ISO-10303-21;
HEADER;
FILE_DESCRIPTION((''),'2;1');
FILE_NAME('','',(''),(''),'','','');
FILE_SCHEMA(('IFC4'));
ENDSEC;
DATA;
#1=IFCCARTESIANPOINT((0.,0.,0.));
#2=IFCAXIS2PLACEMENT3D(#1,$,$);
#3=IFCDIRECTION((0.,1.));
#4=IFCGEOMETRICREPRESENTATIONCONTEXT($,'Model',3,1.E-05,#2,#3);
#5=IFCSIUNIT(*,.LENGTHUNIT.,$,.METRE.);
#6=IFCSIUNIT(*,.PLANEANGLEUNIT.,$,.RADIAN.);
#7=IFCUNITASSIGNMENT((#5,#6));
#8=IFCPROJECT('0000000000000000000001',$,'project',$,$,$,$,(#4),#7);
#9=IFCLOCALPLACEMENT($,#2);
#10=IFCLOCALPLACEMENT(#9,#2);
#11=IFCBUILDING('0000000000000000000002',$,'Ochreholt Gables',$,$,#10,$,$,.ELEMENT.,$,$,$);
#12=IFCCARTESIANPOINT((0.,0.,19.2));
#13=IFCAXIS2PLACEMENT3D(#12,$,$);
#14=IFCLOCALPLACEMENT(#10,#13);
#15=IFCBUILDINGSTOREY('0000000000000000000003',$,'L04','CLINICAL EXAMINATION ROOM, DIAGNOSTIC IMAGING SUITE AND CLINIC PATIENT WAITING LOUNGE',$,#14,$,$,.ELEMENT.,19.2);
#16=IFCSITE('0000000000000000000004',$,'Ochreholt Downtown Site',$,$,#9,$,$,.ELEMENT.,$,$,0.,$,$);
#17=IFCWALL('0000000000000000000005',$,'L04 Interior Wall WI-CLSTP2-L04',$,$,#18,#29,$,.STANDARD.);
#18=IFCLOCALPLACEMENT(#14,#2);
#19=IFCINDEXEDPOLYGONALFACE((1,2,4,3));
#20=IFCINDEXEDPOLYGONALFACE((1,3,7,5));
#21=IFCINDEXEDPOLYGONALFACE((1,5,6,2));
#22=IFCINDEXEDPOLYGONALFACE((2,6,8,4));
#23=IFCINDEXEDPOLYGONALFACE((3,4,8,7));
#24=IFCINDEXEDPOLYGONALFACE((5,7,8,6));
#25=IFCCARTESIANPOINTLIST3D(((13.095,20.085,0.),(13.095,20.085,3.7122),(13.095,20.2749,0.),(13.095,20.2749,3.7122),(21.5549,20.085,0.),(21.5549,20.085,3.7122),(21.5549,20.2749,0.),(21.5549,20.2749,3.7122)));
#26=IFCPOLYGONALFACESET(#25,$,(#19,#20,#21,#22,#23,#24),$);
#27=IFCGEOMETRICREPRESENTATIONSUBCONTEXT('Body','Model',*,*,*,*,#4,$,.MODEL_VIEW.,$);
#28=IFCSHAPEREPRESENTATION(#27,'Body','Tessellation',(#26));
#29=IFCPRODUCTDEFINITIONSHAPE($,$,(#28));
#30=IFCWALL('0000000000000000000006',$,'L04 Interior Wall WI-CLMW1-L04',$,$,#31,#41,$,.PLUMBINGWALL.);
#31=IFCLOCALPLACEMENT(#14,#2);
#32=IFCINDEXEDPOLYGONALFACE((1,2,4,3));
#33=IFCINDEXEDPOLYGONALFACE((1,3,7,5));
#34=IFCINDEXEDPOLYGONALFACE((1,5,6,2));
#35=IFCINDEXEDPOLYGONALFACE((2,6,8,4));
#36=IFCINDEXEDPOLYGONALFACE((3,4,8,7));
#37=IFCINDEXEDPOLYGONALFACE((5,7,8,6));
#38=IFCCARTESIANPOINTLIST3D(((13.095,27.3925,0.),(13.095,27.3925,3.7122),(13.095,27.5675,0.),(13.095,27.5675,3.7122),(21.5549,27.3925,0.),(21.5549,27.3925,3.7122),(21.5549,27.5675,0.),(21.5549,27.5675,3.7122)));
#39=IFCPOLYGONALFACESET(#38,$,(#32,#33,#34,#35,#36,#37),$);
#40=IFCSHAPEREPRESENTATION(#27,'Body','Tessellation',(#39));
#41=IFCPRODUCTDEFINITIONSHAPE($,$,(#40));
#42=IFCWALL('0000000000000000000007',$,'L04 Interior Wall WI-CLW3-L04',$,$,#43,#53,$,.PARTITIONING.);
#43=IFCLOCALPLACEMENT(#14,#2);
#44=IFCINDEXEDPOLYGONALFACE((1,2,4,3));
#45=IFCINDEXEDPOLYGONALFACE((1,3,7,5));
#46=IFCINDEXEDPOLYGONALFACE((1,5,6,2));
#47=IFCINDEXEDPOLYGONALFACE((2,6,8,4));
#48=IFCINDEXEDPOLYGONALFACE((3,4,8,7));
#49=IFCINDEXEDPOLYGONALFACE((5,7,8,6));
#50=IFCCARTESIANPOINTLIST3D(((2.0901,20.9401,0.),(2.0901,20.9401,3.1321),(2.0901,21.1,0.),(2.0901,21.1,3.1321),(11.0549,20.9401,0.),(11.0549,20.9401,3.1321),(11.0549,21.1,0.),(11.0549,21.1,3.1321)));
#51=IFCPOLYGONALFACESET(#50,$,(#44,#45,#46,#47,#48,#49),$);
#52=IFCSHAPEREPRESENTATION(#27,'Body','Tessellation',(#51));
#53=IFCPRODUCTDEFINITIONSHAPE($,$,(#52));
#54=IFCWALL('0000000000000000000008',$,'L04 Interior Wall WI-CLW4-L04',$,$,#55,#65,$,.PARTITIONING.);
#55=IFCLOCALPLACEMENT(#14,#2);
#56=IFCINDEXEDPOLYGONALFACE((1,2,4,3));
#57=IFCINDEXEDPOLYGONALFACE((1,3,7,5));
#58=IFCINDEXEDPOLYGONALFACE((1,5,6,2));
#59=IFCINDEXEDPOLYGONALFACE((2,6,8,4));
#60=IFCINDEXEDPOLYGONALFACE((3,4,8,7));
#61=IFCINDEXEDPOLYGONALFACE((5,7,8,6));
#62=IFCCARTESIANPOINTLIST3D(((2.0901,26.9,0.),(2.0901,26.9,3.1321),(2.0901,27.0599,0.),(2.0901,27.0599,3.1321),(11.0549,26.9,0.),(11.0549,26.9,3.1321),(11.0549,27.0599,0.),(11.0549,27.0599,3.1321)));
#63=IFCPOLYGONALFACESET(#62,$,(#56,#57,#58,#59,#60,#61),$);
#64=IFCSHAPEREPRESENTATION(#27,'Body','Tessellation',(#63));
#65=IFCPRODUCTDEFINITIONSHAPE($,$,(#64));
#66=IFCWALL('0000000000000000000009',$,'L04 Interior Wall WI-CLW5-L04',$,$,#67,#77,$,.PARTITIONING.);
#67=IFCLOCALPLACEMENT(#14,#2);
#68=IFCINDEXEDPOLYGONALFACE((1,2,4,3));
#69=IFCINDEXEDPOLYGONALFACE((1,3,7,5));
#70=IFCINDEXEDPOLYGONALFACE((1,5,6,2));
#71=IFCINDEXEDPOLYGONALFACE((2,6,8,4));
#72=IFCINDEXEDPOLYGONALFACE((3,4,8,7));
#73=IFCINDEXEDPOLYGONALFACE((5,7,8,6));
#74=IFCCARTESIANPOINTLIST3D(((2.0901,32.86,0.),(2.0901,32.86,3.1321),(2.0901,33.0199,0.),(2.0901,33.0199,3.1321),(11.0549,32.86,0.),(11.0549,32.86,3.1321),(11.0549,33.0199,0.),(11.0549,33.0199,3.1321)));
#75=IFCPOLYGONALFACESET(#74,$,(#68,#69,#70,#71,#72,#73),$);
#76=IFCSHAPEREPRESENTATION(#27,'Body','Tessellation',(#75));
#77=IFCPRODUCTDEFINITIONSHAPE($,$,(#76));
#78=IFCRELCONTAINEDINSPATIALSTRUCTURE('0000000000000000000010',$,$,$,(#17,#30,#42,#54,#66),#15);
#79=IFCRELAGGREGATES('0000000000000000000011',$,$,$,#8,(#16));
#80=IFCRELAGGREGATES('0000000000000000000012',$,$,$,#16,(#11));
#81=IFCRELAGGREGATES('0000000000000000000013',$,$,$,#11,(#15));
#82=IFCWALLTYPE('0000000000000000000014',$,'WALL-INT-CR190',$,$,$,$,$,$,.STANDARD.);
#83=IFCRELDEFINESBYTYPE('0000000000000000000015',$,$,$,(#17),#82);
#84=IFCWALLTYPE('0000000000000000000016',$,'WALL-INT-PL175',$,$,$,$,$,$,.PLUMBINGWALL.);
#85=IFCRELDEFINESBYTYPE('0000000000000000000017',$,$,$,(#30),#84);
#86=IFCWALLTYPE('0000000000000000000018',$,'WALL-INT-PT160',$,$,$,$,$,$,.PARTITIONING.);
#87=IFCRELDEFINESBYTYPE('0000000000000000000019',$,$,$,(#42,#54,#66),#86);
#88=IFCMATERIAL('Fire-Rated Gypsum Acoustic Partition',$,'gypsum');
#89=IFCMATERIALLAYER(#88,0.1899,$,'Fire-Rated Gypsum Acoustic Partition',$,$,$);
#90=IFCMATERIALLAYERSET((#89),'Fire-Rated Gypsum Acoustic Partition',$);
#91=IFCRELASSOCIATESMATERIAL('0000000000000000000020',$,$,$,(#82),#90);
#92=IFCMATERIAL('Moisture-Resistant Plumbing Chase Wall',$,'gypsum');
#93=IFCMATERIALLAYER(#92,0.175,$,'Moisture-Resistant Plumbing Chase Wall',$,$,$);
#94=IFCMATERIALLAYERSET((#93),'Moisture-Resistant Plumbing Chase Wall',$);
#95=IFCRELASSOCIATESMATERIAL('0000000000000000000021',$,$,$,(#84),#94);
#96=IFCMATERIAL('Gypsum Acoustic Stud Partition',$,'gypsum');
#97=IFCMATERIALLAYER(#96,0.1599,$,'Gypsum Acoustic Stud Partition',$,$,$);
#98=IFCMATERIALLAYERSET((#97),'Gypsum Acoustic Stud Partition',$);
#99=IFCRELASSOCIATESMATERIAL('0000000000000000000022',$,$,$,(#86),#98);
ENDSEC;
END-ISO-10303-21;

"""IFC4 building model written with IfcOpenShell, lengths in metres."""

from ifc_helpers import new_model, si_unit, direction, frame, frame_2d, origin, place, context, subcontext, project, spatial, rectangle, extrude, material, layer, layer_set, type_object, element, save


model = new_model("IFC4")

# Units and contexts
model_context = context("Model", 3, precision=1e-05, world=origin(), true_north=direction((0.0, 1.0)))
body_context = subcontext(model_context, "Body", "Model", "MODEL_VIEW")
ifc_project = project(units=[si_unit("LENGTHUNIT", "METRE"), si_unit("PLANEANGLEUNIT", "RADIAN")], contexts=[model_context])

# Site, building, storey
site_placement = place(None, origin())
site = spatial("IfcSite", under=ifc_project, at=site_placement, Name="Ochreholt Downtown Site", CompositionType="ELEMENT", RefElevation=0.0)
building_placement = place(site_placement, origin())
building = spatial("IfcBuilding", under=site, at=building_placement, Name="Ochreholt Gables", CompositionType="ELEMENT")
storey_placement = place(building_placement, frame((0.0, 0.0, 19.2)))
storey = spatial("IfcBuildingStorey", under=building, at=storey_placement, Name="L04", Description="CLINICAL EXAMINATION ROOM, DIAGNOSTIC IMAGING SUITE AND CLINIC PATIENT WAITING LOUNGE", CompositionType="ELEMENT", Elevation=19.2)

# Shared definitions
ifc_material_1 = material(Name="Fire-Rated Gypsum Acoustic Partition", Category="gypsum")
ifc_layer_1 = layer(ifc_material_1, 0.1899, Name="Fire-Rated Gypsum Acoustic Partition")
ifc_layer_set_1 = layer_set([ifc_layer_1], Name="Fire-Rated Gypsum Acoustic Partition")
wall_type_1 = type_object("IfcWallType", Name="WALL-INT-CR190", PredefinedType="STANDARD", material=ifc_layer_set_1)

# Walls
wall_1_placement = place(storey_placement, frame((13.095, 20.1799, 0.0), z_axis=(0.0, 0.0, 1.0), x_axis=(1.0, 0.0, 0.0)))
element("IfcWall", 1, at=wall_1_placement, inside=storey, type_object=wall_type_1, Name="L04 Interior Wall WI-CLSTP2-L04", PredefinedType="STANDARD", context=body_context, shape_type="SweptSolid", body=[
    extrude(rectangle(XDim=8.46, YDim=0.1899, at=frame_2d((4.23, 0.0))), origin(), (0.0, 0.0, 1.0), 3.7122),
])
ifc_material_2 = material(Name="Moisture-Resistant Plumbing Chase Wall", Category="gypsum")
ifc_layer_2 = layer(ifc_material_2, 0.175, Name="Moisture-Resistant Plumbing Chase Wall")
ifc_layer_set_2 = layer_set([ifc_layer_2], Name="Moisture-Resistant Plumbing Chase Wall")
wall_type_2 = type_object("IfcWallType", Name="WALL-INT-PL175", PredefinedType="PLUMBINGWALL", material=ifc_layer_set_2)
wall_2_placement = place(storey_placement, frame((13.095, 27.48, 0.0), z_axis=(0.0, 0.0, 1.0), x_axis=(1.0, 0.0, 0.0)))
element("IfcWall", 2, at=wall_2_placement, inside=storey, type_object=wall_type_2, Name="L04 Interior Wall WI-CLMW1-L04", PredefinedType="PLUMBINGWALL", context=body_context, shape_type="SweptSolid", body=[
    extrude(rectangle(XDim=8.46, YDim=0.175, at=frame_2d((4.23, 0.0))), origin(), (0.0, 0.0, 1.0), 3.7122),
])
ifc_material_3 = material(Name="Gypsum Acoustic Stud Partition", Category="gypsum")
ifc_layer_3 = layer(ifc_material_3, 0.1599, Name="Gypsum Acoustic Stud Partition")
ifc_layer_set_3 = layer_set([ifc_layer_3], Name="Gypsum Acoustic Stud Partition")
wall_type_3 = type_object("IfcWallType", Name="WALL-INT-PT160", PredefinedType="PARTITIONING", material=ifc_layer_set_3)
for number, where, z_axis, x_axis, name in (
    (3, (2.0901, 21.02, 0.0), (0.0, 0.0, 1.0), (1.0, 0.0, 0.0), "L04 Interior Wall WI-CLW3-L04"),
    (4, (2.0901, 26.98, 0.0), (0.0, 0.0, 1.0), (1.0, 0.0, 0.0), "L04 Interior Wall WI-CLW4-L04"),
    (5, (2.0901, 32.9399, 0.0), (0.0, 0.0, 1.0), (1.0, 0.0, 0.0), "L04 Interior Wall WI-CLW5-L04"),
):
    element("IfcWall", number, at=place(storey_placement, frame(where, z_axis=z_axis, x_axis=x_axis)), inside=storey, type_object=wall_type_3, Name=name, PredefinedType="PARTITIONING", context=body_context, shape_type="SweptSolid", body=[
        extrude(rectangle(XDim=8.9648, YDim=0.1599, at=frame_2d((4.4824, 0.0))), origin(), (0.0, 0.0, 1.0), 3.1321),
    ])

save(model, "model.ifc")
